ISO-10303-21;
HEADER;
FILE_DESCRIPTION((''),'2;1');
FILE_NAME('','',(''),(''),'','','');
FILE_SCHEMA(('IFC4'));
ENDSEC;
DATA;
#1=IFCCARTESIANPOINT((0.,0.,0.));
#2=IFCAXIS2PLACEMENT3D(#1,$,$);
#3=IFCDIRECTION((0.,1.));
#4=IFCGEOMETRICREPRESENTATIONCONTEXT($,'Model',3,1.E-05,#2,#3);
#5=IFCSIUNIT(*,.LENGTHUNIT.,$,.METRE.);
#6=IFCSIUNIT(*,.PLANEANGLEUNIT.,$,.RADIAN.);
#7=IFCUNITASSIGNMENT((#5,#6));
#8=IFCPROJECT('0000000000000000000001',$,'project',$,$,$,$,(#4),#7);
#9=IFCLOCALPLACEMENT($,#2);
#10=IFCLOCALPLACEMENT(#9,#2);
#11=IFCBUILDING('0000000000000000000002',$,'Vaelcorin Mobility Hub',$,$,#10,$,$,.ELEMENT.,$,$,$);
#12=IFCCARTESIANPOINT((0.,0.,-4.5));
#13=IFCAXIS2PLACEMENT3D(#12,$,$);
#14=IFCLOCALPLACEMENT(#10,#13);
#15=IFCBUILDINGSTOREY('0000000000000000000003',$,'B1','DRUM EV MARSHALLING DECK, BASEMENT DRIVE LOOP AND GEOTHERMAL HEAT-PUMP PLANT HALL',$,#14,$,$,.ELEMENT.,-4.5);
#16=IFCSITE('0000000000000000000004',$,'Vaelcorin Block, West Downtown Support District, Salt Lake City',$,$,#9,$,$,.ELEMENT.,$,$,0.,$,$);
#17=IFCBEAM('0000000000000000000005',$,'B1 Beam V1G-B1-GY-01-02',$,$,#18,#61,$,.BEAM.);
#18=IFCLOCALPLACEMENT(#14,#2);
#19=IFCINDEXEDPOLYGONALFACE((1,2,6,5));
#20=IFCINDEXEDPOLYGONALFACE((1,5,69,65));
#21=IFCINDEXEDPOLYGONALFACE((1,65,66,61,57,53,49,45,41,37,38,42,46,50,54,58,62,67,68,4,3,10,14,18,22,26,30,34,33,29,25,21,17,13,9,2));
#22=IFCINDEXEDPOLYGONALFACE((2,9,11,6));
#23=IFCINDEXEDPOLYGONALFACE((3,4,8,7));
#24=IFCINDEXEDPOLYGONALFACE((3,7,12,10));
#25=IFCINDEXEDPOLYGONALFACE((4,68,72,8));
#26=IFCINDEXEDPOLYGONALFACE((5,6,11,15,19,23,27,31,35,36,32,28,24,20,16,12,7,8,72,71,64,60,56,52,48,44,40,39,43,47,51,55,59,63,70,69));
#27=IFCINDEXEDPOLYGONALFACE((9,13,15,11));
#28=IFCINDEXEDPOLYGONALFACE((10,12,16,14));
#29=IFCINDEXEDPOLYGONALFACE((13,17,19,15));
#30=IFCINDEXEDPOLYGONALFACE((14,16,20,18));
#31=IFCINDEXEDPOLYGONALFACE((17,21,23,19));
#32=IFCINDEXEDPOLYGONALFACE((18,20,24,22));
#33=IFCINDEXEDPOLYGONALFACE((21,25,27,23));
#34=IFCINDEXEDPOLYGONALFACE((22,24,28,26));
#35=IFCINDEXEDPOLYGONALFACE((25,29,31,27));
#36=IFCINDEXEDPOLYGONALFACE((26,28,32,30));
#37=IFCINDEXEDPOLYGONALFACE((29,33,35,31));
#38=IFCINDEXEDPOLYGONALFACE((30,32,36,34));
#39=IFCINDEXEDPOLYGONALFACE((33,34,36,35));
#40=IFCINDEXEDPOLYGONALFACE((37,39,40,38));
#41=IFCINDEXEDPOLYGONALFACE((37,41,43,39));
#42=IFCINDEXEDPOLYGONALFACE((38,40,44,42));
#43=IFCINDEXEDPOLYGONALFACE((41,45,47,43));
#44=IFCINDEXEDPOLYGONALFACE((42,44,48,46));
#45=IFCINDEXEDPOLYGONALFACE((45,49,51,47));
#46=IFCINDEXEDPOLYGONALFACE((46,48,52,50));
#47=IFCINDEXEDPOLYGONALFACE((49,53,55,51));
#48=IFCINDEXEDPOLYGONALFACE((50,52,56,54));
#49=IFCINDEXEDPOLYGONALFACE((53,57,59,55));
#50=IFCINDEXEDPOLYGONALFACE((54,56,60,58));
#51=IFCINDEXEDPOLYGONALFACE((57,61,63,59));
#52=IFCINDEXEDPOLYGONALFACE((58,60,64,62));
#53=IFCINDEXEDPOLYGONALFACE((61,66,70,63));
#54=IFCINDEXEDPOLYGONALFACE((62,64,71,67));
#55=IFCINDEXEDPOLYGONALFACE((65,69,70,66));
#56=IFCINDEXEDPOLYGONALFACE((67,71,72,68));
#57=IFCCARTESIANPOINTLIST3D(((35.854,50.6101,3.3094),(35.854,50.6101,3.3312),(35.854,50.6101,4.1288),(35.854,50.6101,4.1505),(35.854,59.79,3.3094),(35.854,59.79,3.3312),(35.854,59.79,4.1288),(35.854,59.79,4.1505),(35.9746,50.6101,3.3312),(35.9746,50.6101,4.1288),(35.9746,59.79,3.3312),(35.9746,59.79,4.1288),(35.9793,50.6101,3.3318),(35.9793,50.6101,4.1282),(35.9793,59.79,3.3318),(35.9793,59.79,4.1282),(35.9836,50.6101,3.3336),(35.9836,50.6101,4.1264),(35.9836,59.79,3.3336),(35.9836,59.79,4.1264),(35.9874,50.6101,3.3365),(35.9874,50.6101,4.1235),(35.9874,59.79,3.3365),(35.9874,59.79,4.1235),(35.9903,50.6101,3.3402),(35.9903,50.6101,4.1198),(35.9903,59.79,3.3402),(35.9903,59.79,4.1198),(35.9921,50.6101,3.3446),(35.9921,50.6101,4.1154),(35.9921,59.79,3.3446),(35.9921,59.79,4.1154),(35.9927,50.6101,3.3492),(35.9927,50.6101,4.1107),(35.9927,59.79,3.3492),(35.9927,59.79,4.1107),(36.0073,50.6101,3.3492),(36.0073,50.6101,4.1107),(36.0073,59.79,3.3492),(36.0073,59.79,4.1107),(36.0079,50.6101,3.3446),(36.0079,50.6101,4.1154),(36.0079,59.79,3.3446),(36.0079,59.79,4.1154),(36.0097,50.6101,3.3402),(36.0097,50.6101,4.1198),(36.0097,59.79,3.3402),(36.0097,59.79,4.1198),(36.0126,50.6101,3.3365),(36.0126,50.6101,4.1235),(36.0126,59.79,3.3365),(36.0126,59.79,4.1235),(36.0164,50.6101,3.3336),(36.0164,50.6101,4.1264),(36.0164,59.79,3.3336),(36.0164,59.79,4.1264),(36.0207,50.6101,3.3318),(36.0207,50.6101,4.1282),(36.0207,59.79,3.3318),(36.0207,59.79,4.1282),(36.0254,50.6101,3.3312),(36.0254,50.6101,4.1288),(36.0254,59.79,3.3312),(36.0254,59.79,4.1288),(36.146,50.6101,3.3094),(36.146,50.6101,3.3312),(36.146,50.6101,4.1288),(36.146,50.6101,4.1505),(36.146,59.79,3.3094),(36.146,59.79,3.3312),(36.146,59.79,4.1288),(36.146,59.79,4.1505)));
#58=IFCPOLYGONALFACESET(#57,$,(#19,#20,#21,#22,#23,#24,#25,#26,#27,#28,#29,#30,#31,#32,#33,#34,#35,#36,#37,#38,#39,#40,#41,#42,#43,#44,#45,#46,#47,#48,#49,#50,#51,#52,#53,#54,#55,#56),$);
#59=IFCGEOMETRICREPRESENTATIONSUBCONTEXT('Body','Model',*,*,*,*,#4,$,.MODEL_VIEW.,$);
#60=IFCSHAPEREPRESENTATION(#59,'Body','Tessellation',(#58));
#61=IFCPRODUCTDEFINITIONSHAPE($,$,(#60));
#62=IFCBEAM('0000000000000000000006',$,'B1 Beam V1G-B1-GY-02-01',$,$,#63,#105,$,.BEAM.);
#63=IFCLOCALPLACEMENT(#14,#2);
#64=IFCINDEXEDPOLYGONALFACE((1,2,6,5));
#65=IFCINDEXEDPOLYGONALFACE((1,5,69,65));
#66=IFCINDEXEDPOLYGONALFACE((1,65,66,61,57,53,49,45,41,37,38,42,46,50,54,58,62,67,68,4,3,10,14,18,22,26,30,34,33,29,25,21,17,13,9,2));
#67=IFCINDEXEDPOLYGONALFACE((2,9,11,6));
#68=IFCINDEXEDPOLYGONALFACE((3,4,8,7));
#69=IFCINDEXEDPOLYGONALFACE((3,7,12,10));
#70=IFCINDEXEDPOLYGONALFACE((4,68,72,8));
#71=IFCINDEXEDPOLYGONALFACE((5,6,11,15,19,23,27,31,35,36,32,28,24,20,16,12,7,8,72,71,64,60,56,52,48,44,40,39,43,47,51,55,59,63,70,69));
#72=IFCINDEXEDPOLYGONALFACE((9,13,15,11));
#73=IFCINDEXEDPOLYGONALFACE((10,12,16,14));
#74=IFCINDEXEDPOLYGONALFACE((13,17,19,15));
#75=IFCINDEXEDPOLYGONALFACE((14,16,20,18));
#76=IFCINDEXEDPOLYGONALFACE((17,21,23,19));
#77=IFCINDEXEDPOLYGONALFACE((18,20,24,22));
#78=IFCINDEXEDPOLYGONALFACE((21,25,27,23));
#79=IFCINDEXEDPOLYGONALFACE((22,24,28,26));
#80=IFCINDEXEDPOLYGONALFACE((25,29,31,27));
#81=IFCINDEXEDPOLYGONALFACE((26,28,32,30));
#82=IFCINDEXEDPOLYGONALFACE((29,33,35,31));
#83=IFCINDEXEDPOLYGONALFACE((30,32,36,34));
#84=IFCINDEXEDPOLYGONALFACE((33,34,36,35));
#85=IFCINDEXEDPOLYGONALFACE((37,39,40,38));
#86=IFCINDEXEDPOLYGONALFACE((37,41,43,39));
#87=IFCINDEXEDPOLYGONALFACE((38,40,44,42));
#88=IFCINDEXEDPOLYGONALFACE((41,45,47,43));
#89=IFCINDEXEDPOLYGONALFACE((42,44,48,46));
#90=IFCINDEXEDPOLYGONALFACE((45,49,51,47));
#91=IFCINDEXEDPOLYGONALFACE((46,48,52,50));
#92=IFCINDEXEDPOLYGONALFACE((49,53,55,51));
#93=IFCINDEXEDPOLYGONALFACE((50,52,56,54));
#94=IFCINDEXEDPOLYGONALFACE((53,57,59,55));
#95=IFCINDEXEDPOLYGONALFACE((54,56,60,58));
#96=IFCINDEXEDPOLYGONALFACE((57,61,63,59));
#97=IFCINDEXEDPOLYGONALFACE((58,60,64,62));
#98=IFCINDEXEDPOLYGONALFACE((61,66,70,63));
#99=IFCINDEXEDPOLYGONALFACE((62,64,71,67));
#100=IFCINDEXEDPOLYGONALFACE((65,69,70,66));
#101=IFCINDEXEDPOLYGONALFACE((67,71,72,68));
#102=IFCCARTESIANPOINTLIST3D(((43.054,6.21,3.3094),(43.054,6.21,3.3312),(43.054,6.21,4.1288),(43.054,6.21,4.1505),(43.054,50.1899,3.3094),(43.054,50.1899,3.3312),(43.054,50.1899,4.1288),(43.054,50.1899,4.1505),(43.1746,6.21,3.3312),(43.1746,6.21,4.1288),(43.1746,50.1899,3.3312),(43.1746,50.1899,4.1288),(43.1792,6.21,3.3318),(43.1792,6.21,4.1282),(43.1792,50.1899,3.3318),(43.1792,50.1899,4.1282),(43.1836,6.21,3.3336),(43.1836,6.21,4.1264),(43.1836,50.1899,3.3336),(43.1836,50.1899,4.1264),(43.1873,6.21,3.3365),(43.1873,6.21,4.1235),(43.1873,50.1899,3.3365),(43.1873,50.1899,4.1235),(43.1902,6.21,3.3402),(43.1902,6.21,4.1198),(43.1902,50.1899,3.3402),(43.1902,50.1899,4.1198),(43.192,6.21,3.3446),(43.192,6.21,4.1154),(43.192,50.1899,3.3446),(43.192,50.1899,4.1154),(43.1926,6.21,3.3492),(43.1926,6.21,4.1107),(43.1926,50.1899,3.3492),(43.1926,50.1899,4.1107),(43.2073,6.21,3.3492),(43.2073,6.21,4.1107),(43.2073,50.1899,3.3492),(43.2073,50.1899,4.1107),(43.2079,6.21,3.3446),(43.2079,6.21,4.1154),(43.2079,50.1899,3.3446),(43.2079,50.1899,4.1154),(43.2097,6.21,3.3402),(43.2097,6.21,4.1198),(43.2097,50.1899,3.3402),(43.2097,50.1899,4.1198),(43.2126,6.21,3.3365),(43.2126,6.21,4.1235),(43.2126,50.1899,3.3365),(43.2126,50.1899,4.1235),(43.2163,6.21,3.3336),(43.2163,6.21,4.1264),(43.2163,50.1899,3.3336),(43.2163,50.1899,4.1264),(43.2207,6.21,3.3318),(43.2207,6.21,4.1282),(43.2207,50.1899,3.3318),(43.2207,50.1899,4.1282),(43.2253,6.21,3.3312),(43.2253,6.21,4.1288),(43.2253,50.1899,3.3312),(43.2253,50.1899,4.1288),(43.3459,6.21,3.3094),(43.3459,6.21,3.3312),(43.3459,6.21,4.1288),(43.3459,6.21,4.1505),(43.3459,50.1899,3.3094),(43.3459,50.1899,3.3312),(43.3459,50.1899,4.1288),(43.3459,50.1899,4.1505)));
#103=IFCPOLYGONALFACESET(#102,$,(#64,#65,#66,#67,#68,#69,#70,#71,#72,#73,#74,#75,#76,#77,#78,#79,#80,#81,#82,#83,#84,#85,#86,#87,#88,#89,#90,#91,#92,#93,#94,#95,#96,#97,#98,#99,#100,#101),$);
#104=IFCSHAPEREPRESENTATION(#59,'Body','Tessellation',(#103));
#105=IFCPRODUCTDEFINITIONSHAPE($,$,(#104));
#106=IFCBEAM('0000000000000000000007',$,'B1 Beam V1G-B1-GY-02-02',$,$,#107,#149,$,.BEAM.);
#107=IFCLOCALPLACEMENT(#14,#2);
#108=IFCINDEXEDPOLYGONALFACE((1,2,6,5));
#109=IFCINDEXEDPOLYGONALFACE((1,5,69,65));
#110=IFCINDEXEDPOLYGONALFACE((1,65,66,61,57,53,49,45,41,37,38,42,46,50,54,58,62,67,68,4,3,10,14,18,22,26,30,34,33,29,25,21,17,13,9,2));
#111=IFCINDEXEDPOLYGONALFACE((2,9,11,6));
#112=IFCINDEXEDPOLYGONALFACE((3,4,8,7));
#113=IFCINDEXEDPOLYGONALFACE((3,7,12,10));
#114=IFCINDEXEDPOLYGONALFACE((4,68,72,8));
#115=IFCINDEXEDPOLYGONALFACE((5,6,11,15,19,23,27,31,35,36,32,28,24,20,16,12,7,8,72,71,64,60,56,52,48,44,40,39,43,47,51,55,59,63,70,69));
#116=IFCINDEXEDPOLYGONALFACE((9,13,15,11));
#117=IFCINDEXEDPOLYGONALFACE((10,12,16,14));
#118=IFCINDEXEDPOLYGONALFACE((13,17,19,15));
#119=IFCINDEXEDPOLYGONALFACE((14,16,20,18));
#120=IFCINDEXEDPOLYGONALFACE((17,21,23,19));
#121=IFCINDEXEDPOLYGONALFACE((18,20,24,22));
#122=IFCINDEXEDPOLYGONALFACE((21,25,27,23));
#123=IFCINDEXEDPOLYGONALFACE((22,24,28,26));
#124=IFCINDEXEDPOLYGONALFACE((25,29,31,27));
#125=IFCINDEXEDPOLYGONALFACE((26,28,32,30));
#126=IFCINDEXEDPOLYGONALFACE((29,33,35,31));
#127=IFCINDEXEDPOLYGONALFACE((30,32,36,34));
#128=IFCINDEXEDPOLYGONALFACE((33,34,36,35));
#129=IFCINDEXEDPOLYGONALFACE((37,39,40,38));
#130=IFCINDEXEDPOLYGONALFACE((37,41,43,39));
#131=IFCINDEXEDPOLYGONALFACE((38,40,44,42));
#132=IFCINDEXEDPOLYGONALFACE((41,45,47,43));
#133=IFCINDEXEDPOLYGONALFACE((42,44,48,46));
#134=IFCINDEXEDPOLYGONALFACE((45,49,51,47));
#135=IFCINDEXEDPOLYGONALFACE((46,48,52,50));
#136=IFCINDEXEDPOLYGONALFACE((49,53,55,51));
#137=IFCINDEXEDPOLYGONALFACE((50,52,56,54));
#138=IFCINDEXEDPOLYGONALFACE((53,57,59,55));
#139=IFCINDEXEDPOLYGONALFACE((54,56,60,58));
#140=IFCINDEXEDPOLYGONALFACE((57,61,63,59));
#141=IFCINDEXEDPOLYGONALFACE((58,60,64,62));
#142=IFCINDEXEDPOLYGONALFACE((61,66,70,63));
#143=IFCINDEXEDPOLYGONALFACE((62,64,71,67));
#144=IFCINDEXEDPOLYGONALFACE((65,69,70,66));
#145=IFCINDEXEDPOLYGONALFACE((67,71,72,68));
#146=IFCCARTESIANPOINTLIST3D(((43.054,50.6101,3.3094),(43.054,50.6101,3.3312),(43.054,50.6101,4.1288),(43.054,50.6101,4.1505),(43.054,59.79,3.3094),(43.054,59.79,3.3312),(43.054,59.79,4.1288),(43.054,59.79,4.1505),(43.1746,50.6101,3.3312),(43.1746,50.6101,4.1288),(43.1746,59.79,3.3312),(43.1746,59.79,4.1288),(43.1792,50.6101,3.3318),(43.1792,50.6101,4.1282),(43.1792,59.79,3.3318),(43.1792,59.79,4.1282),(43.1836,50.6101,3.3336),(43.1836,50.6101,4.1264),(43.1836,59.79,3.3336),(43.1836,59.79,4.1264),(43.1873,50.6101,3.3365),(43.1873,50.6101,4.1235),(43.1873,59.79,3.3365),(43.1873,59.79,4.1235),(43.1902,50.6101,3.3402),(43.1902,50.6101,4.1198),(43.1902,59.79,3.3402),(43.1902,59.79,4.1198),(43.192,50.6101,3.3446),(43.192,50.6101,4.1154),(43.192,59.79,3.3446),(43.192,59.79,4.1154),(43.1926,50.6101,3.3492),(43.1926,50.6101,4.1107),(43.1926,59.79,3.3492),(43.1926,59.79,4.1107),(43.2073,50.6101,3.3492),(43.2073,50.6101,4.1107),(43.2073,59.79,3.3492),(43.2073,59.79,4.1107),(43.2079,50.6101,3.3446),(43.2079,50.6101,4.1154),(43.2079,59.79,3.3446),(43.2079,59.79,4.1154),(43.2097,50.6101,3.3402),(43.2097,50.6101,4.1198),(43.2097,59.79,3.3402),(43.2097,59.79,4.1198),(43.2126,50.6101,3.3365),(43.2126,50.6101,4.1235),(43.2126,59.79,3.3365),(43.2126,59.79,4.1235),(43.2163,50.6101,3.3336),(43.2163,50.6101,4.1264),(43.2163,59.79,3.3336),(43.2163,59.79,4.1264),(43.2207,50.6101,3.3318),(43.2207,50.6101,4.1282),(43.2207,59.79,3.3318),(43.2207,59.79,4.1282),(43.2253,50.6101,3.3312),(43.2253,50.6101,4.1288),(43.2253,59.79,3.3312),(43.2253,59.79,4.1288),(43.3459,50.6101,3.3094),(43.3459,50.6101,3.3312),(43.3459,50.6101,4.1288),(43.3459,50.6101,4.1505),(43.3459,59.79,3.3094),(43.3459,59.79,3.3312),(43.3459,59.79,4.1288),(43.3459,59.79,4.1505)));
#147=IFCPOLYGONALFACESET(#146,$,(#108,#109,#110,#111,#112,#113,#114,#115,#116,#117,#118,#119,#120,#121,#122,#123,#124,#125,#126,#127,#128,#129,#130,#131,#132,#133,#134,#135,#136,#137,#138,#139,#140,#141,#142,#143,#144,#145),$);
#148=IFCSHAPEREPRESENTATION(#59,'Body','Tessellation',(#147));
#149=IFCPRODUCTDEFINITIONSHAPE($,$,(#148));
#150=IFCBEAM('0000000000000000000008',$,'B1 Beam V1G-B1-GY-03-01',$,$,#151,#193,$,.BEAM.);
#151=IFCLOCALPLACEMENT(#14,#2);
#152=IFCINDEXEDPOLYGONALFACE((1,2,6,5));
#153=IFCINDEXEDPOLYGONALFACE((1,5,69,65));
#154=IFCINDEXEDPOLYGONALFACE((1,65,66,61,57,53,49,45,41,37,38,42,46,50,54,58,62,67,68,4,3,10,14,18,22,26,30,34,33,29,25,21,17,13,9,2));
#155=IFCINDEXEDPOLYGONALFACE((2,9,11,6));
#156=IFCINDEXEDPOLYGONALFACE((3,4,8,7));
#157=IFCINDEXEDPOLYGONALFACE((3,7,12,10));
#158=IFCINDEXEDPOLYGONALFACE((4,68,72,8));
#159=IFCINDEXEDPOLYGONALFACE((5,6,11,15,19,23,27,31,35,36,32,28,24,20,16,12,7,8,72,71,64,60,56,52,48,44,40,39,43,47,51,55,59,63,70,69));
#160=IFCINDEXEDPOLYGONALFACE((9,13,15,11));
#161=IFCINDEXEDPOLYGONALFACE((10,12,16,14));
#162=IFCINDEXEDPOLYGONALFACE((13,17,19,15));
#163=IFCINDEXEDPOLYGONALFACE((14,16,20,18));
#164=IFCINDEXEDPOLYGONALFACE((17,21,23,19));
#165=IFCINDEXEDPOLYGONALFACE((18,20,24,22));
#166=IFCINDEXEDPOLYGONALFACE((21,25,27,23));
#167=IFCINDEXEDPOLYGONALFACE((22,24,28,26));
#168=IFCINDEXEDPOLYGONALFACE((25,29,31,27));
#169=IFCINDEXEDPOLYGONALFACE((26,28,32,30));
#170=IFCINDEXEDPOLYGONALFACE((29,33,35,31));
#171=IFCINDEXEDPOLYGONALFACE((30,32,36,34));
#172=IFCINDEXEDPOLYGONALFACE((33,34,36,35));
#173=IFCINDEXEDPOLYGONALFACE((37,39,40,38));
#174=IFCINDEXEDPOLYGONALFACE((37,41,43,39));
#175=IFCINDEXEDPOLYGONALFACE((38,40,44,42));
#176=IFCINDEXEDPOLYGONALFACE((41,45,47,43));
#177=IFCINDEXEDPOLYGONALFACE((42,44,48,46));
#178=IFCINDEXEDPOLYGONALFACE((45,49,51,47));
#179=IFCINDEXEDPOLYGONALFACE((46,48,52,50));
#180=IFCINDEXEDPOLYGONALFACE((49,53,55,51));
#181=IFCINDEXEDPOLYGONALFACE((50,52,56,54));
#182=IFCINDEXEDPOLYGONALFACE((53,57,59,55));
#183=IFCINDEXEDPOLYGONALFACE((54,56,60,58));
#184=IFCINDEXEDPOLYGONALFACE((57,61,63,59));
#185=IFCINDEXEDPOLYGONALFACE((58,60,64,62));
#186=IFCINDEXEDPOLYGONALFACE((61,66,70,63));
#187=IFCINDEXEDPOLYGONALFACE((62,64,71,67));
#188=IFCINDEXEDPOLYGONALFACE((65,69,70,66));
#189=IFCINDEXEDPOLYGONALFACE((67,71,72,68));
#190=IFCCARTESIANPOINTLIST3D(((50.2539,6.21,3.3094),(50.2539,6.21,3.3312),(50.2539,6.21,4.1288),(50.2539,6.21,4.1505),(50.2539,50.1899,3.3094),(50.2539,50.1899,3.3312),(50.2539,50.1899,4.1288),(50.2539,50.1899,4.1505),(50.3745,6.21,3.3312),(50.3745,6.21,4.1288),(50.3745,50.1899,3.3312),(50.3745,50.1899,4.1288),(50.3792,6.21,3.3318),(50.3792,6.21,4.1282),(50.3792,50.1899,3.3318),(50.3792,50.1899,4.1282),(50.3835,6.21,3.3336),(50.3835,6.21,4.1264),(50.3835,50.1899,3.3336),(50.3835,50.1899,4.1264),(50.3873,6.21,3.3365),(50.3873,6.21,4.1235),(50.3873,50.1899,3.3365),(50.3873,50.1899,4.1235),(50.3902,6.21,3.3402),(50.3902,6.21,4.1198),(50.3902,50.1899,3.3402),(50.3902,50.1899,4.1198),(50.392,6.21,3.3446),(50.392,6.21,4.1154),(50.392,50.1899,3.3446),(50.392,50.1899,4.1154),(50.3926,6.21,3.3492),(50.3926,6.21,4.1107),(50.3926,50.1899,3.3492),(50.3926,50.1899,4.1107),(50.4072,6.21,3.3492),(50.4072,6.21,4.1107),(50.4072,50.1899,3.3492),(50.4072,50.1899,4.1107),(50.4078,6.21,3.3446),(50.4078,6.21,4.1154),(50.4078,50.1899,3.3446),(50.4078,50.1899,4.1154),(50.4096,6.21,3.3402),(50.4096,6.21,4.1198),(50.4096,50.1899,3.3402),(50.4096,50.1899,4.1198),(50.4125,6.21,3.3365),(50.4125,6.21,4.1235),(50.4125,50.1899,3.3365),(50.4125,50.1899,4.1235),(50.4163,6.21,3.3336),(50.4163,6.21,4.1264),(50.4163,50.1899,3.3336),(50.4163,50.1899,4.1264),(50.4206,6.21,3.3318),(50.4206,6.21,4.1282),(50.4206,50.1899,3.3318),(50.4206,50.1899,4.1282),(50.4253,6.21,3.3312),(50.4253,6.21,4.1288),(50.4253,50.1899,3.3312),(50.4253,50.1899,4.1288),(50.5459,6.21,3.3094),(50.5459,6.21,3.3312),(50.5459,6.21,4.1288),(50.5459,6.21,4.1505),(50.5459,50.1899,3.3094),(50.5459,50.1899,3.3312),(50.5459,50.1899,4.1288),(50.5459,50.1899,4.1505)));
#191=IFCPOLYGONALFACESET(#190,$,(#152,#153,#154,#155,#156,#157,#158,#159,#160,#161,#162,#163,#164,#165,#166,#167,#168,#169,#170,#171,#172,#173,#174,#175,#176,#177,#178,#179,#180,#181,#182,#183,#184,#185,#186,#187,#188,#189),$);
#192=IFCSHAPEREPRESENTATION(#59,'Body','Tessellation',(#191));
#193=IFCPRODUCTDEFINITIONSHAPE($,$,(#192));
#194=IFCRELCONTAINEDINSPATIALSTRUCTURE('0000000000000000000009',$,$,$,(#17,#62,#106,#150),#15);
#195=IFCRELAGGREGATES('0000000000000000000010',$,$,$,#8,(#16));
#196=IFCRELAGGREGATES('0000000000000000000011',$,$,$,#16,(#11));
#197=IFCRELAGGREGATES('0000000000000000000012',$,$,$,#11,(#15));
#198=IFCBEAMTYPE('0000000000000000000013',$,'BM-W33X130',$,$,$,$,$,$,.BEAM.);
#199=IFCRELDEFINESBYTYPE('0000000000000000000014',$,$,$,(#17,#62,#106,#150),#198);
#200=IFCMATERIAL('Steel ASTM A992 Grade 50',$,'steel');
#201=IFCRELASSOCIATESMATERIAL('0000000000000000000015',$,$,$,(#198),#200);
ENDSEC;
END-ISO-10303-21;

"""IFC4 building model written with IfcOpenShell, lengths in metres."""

from ifc_helpers import new_model, si_unit, direction, frame, origin, origin_2d, place, context, subcontext, project, spatial, i_section, extrude, material, material_profile, profile_set, type_object, element, save


model = new_model("IFC4")

# Units and contexts
model_context = context("Model", 3, precision=1e-05, world=origin(), true_north=direction((0.0, 1.0)))
body_context = subcontext(model_context, "Body", "Model", "MODEL_VIEW")
ifc_project = project(units=[si_unit("LENGTHUNIT", "METRE"), si_unit("PLANEANGLEUNIT", "RADIAN")], contexts=[model_context])

# Site, building, storey
site_placement = place(None, origin())
site = spatial("IfcSite", under=ifc_project, at=site_placement, Name="Vaelcorin Block, West Downtown Support District, Salt Lake City", CompositionType="ELEMENT", RefElevation=0.0)
building_placement = place(site_placement, origin())
building = spatial("IfcBuilding", under=site, at=building_placement, Name="Vaelcorin Mobility Hub", CompositionType="ELEMENT")
storey_placement = place(building_placement, frame((0.0, 0.0, -4.5)))
storey = spatial("IfcBuildingStorey", under=building, at=storey_placement, Name="B1", Description="DRUM EV MARSHALLING DECK, BASEMENT DRIVE LOOP AND GEOTHERMAL HEAT-PUMP PLANT HALL", CompositionType="ELEMENT", Elevation=-4.5)

# Shared definitions
ifc_material_1 = material(Name="Steel ASTM A992 Grade 50", Category="steel")

# Beams
ifc_material_profile_1 = material_profile(ifc_material_1, i_section(OverallWidth=0.292, OverallDepth=0.8411, WebThickness=0.0146, FlangeThickness=0.0217, FilletRadius=0.0181, at=origin_2d()), Name="W33X130")
ifc_profile_set_1 = profile_set([ifc_material_profile_1], Name="Steel ASTM A992 Grade 50")
beam_type_1 = type_object("IfcBeamType", Name="BM-W33X130", PredefinedType="BEAM", material=ifc_profile_set_1)
beam_1_placement = place(storey_placement, frame((36.0, 50.6101, 3.73), z_axis=(0.0, 1.0, 0.0), x_axis=(-1.0, 0.0, 0.0)))
element("IfcBeam", 1, at=beam_1_placement, inside=storey, type_object=beam_type_1, Name="B1 Beam V1G-B1-GY-01-02", PredefinedType="BEAM", context=body_context, shape_type="SweptSolid", body=[
    extrude(i_section(OverallWidth=0.292, OverallDepth=0.8411, WebThickness=0.0146, FlangeThickness=0.0217, FilletRadius=0.0181, at=origin_2d()), origin(), (0.0, 0.0, 1.0), 9.1799),
])
beam_2_placement = place(storey_placement, frame((43.2, 6.21, 3.73), z_axis=(0.0, 1.0, 0.0), x_axis=(-1.0, 0.0, 0.0)))
element("IfcBeam", 2, at=beam_2_placement, inside=storey, type_object=beam_type_1, Name="B1 Beam V1G-B1-GY-02-01", PredefinedType="BEAM", context=body_context, shape_type="SweptSolid", body=[
    extrude(i_section(OverallWidth=0.292, OverallDepth=0.8411, WebThickness=0.0146, FlangeThickness=0.0217, FilletRadius=0.0181, at=origin_2d()), origin(), (0.0, 0.0, 1.0), 43.98),
])
beam_3_placement = place(storey_placement, frame((43.2, 50.6101, 3.73), z_axis=(0.0, 1.0, 0.0), x_axis=(-1.0, 0.0, 0.0)))
element("IfcBeam", 3, at=beam_3_placement, inside=storey, type_object=beam_type_1, Name="B1 Beam V1G-B1-GY-02-02", PredefinedType="BEAM", context=body_context, shape_type="SweptSolid", body=[
    extrude(i_section(OverallWidth=0.292, OverallDepth=0.8411, WebThickness=0.0146, FlangeThickness=0.0217, FilletRadius=0.0181, at=origin_2d()), origin(), (0.0, 0.0, 1.0), 9.1799),
])
beam_4_placement = place(storey_placement, frame((50.3999, 6.21, 3.73), z_axis=(0.0, 1.0, 0.0), x_axis=(-1.0, 0.0, 0.0)))
element("IfcBeam", 4, at=beam_4_placement, inside=storey, type_object=beam_type_1, Name="B1 Beam V1G-B1-GY-03-01", PredefinedType="BEAM", context=body_context, shape_type="SweptSolid", body=[
    extrude(i_section(OverallWidth=0.292, OverallDepth=0.8411, WebThickness=0.0146, FlangeThickness=0.0217, FilletRadius=0.0181, at=origin_2d()), origin(), (0.0, 0.0, 1.0), 43.98),
])

save(model, "model.ifc")
